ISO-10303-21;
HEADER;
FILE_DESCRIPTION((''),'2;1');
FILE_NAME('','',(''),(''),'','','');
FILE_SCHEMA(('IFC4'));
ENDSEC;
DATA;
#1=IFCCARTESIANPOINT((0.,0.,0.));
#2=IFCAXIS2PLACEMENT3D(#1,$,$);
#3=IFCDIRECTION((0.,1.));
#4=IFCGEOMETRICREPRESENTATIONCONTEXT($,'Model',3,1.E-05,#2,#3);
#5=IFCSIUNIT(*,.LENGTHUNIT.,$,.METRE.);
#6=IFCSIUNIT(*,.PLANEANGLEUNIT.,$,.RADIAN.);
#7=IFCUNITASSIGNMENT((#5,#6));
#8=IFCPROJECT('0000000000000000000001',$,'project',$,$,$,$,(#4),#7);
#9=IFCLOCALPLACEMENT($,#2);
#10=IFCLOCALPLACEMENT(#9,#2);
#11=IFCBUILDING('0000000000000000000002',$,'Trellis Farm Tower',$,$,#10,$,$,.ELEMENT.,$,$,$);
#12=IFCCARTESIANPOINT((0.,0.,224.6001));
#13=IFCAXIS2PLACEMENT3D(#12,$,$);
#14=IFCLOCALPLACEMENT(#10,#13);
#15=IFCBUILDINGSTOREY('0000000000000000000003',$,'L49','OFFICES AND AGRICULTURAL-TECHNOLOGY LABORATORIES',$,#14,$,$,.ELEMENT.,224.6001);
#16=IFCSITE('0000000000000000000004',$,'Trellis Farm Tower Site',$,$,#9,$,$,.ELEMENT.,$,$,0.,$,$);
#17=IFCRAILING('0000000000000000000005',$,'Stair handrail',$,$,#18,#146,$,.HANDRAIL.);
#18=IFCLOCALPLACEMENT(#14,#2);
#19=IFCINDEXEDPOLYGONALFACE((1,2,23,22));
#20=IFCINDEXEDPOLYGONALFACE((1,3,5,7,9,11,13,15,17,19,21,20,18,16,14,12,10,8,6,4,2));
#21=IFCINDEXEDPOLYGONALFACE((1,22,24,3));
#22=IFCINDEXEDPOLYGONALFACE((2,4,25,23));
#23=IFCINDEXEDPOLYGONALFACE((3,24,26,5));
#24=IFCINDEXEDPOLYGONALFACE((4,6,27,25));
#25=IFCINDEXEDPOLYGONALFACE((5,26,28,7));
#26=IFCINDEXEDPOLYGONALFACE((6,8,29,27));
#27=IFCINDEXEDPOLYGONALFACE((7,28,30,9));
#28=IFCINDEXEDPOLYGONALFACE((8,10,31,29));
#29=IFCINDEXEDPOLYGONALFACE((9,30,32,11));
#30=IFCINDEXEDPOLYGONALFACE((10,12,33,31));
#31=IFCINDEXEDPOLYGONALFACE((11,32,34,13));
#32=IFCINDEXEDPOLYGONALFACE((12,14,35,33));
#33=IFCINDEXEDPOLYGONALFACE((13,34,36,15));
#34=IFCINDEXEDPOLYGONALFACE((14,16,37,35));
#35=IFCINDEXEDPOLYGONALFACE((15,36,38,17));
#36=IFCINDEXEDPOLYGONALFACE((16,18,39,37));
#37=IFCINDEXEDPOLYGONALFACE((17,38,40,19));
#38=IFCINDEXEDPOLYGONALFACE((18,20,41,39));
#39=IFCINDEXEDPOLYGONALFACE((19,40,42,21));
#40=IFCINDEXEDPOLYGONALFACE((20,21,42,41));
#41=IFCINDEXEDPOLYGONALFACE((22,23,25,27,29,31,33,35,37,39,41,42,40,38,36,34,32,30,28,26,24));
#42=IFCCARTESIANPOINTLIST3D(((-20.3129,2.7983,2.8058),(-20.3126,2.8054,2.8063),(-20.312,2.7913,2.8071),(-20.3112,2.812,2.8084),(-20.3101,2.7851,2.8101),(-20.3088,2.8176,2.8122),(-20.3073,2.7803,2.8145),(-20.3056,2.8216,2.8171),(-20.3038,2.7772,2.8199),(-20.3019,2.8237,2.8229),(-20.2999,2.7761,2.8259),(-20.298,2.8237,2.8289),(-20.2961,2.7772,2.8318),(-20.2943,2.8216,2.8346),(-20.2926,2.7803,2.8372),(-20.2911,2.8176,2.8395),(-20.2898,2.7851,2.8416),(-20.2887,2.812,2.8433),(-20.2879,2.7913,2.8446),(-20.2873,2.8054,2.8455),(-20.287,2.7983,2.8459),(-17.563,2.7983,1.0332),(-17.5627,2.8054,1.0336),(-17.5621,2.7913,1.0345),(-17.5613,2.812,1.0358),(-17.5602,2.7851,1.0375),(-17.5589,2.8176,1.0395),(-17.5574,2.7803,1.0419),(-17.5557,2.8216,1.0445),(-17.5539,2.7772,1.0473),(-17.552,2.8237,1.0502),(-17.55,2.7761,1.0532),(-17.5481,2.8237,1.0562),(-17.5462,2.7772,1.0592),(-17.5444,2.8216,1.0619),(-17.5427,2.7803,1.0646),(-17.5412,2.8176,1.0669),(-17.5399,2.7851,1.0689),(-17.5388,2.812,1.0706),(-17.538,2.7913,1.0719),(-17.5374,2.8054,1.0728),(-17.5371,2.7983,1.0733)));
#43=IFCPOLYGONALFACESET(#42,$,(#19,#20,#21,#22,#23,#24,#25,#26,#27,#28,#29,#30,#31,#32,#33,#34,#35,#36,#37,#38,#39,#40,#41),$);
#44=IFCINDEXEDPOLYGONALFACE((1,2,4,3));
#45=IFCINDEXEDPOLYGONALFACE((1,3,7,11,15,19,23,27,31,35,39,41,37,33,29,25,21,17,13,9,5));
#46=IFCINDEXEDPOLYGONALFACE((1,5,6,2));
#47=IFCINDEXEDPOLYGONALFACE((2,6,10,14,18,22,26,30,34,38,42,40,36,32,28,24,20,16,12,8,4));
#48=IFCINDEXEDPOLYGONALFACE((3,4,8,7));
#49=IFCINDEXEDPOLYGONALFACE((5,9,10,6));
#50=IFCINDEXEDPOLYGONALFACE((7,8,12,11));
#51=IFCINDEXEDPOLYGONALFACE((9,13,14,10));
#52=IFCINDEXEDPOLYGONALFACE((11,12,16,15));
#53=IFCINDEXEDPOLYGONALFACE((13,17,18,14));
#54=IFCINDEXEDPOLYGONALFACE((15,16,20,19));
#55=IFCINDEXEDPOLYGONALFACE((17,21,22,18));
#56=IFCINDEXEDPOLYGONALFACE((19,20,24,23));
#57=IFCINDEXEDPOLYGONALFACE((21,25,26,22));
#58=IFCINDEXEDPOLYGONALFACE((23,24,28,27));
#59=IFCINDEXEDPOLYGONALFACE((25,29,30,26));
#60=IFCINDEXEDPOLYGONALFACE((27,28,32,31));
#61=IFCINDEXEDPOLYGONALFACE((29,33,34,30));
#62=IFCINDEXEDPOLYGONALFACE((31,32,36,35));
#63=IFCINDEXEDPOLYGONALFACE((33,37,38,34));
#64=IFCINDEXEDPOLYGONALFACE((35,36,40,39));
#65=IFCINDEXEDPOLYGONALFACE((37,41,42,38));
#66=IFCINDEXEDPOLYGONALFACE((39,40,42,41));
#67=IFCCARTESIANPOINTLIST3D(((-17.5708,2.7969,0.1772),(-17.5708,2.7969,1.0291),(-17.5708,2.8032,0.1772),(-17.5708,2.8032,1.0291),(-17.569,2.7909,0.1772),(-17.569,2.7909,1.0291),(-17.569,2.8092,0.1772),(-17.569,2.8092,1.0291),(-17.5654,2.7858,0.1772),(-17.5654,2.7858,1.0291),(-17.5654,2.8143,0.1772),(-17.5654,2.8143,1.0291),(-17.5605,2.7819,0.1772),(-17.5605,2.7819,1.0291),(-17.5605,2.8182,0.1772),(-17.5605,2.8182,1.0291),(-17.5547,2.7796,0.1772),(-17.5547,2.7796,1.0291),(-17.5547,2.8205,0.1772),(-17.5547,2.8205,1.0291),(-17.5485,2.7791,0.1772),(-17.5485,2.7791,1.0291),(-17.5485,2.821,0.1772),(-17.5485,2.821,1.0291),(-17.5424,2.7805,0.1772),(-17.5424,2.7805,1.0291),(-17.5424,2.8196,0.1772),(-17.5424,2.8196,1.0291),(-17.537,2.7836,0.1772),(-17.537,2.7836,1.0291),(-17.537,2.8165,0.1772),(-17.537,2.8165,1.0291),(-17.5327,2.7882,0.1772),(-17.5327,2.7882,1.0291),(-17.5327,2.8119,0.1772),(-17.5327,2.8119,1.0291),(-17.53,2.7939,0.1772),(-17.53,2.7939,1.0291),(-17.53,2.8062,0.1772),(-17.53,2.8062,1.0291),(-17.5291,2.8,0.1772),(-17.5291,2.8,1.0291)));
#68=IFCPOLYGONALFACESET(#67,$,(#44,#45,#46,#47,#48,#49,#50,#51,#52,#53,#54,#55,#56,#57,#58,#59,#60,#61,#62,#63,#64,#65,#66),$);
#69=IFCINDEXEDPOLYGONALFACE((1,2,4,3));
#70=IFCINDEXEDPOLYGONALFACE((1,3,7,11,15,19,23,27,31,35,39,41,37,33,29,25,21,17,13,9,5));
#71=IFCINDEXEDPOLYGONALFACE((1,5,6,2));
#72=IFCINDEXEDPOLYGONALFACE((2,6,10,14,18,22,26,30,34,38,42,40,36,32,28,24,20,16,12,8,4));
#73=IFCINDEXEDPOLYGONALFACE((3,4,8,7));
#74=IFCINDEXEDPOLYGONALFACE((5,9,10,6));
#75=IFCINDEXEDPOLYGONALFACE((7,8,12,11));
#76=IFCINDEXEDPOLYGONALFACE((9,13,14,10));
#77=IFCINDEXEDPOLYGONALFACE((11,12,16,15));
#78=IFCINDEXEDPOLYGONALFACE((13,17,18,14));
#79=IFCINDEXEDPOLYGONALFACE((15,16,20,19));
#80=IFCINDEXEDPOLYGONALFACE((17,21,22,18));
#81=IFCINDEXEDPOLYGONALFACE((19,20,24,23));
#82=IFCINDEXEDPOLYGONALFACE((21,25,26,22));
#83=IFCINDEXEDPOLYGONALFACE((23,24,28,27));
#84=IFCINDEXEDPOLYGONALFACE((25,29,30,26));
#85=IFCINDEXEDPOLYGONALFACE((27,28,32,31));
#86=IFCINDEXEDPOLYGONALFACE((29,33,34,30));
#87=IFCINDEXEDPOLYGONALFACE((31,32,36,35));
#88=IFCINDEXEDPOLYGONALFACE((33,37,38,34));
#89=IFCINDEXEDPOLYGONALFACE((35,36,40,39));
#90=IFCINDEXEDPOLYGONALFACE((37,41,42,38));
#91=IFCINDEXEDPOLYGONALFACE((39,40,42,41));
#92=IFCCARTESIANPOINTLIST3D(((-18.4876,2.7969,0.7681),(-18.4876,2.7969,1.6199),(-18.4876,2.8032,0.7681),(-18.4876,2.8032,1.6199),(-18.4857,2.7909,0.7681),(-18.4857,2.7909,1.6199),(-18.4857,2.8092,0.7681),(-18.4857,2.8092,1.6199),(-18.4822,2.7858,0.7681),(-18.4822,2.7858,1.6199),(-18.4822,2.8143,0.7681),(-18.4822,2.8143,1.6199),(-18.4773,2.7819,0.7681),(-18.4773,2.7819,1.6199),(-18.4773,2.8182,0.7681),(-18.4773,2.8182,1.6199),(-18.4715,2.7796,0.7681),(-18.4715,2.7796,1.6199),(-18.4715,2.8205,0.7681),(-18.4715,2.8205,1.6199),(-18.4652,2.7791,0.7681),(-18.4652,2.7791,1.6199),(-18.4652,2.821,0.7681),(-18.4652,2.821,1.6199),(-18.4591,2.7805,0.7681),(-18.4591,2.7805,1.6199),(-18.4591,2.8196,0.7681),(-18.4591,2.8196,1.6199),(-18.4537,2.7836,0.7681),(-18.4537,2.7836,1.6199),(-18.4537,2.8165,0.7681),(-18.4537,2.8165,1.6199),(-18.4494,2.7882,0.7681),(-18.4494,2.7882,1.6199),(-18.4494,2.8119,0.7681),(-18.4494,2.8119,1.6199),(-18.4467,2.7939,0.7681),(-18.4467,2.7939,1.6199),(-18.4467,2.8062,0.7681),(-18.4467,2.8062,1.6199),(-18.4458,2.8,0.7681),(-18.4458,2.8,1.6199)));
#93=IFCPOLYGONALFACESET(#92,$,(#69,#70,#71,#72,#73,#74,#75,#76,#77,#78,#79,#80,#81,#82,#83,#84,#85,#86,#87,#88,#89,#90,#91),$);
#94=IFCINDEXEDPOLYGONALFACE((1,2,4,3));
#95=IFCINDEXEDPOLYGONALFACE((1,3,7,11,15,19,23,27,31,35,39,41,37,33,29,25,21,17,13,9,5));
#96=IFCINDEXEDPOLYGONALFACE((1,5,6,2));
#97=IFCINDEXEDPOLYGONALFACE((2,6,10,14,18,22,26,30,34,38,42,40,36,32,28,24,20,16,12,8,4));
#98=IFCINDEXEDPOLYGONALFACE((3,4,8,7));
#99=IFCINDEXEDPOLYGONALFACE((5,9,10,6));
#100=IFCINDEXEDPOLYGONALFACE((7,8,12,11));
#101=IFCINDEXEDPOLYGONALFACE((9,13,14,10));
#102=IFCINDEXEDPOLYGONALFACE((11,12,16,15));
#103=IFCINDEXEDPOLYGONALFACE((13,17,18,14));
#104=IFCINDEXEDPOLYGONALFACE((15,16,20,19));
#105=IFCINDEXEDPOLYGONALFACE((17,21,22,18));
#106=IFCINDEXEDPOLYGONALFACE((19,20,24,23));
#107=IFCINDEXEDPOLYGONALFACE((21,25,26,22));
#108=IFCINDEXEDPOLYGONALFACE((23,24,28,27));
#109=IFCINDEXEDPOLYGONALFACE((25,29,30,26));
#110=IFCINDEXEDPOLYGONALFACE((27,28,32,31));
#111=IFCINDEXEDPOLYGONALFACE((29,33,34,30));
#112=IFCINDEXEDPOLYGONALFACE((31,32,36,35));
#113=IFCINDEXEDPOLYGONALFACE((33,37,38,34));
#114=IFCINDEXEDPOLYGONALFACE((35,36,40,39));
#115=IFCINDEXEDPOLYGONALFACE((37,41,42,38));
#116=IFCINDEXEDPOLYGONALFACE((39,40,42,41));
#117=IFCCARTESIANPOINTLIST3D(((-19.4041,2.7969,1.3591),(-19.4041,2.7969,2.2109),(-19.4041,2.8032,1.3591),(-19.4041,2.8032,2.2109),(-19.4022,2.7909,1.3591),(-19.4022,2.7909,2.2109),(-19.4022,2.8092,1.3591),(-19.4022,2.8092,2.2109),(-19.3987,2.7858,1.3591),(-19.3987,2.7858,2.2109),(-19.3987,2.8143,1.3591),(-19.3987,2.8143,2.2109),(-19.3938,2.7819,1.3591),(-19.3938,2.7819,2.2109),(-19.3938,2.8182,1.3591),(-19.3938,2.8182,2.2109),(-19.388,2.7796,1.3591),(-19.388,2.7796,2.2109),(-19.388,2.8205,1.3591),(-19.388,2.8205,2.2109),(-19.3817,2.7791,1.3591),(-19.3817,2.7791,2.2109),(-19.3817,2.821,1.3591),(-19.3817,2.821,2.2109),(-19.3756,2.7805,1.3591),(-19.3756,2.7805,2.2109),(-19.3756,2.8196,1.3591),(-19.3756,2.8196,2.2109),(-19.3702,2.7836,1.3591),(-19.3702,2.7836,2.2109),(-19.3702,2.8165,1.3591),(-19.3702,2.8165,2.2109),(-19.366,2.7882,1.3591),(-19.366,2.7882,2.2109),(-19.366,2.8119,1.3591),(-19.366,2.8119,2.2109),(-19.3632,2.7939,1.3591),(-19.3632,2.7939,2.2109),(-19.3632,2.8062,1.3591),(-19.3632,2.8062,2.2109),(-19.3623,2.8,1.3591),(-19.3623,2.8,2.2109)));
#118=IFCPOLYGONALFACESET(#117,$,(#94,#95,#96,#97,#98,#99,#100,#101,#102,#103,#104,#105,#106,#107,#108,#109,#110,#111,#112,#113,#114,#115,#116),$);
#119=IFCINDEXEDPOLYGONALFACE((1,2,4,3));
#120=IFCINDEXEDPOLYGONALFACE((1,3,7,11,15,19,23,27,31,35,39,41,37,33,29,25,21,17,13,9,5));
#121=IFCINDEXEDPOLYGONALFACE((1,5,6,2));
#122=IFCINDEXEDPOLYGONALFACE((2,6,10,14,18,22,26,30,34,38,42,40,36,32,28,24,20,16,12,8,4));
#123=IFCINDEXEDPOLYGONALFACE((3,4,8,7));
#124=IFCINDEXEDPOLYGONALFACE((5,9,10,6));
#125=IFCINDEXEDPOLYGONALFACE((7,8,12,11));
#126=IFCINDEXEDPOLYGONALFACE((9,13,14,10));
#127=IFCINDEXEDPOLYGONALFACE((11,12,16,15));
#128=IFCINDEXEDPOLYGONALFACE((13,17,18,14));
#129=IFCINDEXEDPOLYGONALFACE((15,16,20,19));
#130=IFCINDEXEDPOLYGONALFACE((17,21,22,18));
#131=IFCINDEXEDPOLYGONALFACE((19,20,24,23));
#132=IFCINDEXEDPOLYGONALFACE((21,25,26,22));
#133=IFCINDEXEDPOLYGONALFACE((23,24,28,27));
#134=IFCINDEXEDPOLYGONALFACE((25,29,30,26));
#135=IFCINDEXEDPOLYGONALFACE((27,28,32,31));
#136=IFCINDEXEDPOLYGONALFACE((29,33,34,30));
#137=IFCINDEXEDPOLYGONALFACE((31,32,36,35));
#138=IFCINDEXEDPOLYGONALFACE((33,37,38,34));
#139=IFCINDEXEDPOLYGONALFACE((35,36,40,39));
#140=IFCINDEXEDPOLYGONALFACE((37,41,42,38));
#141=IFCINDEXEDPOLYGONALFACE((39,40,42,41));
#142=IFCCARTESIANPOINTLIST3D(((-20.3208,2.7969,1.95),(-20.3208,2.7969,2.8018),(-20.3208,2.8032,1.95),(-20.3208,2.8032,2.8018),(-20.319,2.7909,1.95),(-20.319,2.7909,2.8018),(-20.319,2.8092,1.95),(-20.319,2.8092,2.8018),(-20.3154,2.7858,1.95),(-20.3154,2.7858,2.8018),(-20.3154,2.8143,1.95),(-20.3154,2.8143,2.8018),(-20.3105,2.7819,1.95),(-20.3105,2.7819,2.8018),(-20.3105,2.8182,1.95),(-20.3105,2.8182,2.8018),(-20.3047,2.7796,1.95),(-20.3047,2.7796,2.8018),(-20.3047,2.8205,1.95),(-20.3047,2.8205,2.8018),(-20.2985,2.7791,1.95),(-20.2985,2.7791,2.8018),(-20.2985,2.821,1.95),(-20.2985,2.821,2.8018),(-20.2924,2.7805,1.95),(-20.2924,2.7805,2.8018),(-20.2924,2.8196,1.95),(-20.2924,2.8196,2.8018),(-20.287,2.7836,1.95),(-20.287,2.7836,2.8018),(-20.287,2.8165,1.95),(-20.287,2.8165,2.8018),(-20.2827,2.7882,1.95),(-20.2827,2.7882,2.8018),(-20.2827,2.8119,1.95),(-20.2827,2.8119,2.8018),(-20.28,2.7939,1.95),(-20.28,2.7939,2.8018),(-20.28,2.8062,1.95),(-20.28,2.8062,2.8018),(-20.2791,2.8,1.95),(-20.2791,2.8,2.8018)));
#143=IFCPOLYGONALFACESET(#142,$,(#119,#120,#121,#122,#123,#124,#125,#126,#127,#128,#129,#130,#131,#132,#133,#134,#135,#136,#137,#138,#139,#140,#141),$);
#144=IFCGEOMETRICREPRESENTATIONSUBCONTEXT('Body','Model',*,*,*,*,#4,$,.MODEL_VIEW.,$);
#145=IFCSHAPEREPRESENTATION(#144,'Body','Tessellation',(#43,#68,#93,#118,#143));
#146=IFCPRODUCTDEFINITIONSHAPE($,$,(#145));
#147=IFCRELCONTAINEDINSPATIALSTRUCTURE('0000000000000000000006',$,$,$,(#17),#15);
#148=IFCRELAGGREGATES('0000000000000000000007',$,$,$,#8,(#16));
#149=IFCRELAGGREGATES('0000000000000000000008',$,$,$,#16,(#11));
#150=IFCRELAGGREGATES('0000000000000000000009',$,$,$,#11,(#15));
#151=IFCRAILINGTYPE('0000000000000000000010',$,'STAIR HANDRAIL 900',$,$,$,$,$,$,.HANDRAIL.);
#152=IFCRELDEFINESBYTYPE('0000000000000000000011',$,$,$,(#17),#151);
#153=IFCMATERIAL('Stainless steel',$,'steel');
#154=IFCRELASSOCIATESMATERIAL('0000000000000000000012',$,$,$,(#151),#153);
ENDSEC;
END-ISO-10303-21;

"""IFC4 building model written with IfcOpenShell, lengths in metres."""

from ifc_helpers import new_model, si_unit, direction, frame, origin, origin_2d, place, context, subcontext, project, spatial, circle, extrude, source, transform, mapped, material, type_object, element, save


model = new_model("IFC4")

# Units and contexts
model_context = context("Model", 3, precision=1e-05, world=origin(), true_north=direction((0.0, 1.0)))
body_context = subcontext(model_context, "Body", "Model", "MODEL_VIEW")
ifc_project = project(units=[si_unit("LENGTHUNIT", "METRE"), si_unit("PLANEANGLEUNIT", "RADIAN")], contexts=[model_context])

# Site, building, storey
site_placement = place(None, origin())
site = spatial("IfcSite", under=ifc_project, at=site_placement, Name="Trellis Farm Tower Site", CompositionType="ELEMENT", RefElevation=0.0)
building_placement = place(site_placement, origin())
building = spatial("IfcBuilding", under=site, at=building_placement, Name="Trellis Farm Tower", CompositionType="ELEMENT")
storey_placement = place(building_placement, frame((0.0, 0.0, 224.6001)))
storey = spatial("IfcBuildingStorey", under=building, at=storey_placement, Name="L49", Description="OFFICES AND AGRICULTURAL-TECHNOLOGY LABORATORIES", CompositionType="ELEMENT", Elevation=224.6001)

# Railing
ifc_material_1 = material(Name="Stainless steel", Category="steel")
railing_type = type_object("IfcRailingType", Name="STAIR HANDRAIL 900", PredefinedType="HANDRAIL", material=ifc_material_1)
shared_shape_1 = source(origin(), body_context, "Body", "SweptSolid", [
    extrude(circle(Radius=0.0239, at=origin_2d()), frame((0.0, 0.0, 0.876), z_axis=(-0.840504, 0.0, 0.541806), x_axis=(0.0, -1.0, 0.0)), (0.0, 0.0, 1.0), 3.2717),
    extrude(circle(Radius=0.021, at=origin_2d()), origin(), (0.0, 0.0, 1.0), 0.8518),
    extrude(circle(Radius=0.021, at=origin_2d()), frame((-0.9167, 0.0, 0.5908)), (0.0, 0.0, 1.0), 0.8518),
    extrude(circle(Radius=0.021, at=origin_2d()), frame((-1.8333, 0.0, 1.1819)), (0.0, 0.0, 1.0), 0.8518),
    extrude(circle(Radius=0.021, at=origin_2d()), frame((-2.75, 0.0, 1.7727)), (0.0, 0.0, 1.0), 0.8518),
])
for number, where, name in (
    (1, (-17.55, 2.8, 0.1772), "Stair handrail"),
):
    element("IfcRailing", number, at=place(storey_placement, frame(where)), inside=storey, type_object=railing_type, Name=name, PredefinedType="HANDRAIL", context=body_context, shape_type="MappedRepresentation", body=[
        mapped(shared_shape_1, transform((0.0, 0.0, 0.0))),
    ])

save(model, "model.ifc")
